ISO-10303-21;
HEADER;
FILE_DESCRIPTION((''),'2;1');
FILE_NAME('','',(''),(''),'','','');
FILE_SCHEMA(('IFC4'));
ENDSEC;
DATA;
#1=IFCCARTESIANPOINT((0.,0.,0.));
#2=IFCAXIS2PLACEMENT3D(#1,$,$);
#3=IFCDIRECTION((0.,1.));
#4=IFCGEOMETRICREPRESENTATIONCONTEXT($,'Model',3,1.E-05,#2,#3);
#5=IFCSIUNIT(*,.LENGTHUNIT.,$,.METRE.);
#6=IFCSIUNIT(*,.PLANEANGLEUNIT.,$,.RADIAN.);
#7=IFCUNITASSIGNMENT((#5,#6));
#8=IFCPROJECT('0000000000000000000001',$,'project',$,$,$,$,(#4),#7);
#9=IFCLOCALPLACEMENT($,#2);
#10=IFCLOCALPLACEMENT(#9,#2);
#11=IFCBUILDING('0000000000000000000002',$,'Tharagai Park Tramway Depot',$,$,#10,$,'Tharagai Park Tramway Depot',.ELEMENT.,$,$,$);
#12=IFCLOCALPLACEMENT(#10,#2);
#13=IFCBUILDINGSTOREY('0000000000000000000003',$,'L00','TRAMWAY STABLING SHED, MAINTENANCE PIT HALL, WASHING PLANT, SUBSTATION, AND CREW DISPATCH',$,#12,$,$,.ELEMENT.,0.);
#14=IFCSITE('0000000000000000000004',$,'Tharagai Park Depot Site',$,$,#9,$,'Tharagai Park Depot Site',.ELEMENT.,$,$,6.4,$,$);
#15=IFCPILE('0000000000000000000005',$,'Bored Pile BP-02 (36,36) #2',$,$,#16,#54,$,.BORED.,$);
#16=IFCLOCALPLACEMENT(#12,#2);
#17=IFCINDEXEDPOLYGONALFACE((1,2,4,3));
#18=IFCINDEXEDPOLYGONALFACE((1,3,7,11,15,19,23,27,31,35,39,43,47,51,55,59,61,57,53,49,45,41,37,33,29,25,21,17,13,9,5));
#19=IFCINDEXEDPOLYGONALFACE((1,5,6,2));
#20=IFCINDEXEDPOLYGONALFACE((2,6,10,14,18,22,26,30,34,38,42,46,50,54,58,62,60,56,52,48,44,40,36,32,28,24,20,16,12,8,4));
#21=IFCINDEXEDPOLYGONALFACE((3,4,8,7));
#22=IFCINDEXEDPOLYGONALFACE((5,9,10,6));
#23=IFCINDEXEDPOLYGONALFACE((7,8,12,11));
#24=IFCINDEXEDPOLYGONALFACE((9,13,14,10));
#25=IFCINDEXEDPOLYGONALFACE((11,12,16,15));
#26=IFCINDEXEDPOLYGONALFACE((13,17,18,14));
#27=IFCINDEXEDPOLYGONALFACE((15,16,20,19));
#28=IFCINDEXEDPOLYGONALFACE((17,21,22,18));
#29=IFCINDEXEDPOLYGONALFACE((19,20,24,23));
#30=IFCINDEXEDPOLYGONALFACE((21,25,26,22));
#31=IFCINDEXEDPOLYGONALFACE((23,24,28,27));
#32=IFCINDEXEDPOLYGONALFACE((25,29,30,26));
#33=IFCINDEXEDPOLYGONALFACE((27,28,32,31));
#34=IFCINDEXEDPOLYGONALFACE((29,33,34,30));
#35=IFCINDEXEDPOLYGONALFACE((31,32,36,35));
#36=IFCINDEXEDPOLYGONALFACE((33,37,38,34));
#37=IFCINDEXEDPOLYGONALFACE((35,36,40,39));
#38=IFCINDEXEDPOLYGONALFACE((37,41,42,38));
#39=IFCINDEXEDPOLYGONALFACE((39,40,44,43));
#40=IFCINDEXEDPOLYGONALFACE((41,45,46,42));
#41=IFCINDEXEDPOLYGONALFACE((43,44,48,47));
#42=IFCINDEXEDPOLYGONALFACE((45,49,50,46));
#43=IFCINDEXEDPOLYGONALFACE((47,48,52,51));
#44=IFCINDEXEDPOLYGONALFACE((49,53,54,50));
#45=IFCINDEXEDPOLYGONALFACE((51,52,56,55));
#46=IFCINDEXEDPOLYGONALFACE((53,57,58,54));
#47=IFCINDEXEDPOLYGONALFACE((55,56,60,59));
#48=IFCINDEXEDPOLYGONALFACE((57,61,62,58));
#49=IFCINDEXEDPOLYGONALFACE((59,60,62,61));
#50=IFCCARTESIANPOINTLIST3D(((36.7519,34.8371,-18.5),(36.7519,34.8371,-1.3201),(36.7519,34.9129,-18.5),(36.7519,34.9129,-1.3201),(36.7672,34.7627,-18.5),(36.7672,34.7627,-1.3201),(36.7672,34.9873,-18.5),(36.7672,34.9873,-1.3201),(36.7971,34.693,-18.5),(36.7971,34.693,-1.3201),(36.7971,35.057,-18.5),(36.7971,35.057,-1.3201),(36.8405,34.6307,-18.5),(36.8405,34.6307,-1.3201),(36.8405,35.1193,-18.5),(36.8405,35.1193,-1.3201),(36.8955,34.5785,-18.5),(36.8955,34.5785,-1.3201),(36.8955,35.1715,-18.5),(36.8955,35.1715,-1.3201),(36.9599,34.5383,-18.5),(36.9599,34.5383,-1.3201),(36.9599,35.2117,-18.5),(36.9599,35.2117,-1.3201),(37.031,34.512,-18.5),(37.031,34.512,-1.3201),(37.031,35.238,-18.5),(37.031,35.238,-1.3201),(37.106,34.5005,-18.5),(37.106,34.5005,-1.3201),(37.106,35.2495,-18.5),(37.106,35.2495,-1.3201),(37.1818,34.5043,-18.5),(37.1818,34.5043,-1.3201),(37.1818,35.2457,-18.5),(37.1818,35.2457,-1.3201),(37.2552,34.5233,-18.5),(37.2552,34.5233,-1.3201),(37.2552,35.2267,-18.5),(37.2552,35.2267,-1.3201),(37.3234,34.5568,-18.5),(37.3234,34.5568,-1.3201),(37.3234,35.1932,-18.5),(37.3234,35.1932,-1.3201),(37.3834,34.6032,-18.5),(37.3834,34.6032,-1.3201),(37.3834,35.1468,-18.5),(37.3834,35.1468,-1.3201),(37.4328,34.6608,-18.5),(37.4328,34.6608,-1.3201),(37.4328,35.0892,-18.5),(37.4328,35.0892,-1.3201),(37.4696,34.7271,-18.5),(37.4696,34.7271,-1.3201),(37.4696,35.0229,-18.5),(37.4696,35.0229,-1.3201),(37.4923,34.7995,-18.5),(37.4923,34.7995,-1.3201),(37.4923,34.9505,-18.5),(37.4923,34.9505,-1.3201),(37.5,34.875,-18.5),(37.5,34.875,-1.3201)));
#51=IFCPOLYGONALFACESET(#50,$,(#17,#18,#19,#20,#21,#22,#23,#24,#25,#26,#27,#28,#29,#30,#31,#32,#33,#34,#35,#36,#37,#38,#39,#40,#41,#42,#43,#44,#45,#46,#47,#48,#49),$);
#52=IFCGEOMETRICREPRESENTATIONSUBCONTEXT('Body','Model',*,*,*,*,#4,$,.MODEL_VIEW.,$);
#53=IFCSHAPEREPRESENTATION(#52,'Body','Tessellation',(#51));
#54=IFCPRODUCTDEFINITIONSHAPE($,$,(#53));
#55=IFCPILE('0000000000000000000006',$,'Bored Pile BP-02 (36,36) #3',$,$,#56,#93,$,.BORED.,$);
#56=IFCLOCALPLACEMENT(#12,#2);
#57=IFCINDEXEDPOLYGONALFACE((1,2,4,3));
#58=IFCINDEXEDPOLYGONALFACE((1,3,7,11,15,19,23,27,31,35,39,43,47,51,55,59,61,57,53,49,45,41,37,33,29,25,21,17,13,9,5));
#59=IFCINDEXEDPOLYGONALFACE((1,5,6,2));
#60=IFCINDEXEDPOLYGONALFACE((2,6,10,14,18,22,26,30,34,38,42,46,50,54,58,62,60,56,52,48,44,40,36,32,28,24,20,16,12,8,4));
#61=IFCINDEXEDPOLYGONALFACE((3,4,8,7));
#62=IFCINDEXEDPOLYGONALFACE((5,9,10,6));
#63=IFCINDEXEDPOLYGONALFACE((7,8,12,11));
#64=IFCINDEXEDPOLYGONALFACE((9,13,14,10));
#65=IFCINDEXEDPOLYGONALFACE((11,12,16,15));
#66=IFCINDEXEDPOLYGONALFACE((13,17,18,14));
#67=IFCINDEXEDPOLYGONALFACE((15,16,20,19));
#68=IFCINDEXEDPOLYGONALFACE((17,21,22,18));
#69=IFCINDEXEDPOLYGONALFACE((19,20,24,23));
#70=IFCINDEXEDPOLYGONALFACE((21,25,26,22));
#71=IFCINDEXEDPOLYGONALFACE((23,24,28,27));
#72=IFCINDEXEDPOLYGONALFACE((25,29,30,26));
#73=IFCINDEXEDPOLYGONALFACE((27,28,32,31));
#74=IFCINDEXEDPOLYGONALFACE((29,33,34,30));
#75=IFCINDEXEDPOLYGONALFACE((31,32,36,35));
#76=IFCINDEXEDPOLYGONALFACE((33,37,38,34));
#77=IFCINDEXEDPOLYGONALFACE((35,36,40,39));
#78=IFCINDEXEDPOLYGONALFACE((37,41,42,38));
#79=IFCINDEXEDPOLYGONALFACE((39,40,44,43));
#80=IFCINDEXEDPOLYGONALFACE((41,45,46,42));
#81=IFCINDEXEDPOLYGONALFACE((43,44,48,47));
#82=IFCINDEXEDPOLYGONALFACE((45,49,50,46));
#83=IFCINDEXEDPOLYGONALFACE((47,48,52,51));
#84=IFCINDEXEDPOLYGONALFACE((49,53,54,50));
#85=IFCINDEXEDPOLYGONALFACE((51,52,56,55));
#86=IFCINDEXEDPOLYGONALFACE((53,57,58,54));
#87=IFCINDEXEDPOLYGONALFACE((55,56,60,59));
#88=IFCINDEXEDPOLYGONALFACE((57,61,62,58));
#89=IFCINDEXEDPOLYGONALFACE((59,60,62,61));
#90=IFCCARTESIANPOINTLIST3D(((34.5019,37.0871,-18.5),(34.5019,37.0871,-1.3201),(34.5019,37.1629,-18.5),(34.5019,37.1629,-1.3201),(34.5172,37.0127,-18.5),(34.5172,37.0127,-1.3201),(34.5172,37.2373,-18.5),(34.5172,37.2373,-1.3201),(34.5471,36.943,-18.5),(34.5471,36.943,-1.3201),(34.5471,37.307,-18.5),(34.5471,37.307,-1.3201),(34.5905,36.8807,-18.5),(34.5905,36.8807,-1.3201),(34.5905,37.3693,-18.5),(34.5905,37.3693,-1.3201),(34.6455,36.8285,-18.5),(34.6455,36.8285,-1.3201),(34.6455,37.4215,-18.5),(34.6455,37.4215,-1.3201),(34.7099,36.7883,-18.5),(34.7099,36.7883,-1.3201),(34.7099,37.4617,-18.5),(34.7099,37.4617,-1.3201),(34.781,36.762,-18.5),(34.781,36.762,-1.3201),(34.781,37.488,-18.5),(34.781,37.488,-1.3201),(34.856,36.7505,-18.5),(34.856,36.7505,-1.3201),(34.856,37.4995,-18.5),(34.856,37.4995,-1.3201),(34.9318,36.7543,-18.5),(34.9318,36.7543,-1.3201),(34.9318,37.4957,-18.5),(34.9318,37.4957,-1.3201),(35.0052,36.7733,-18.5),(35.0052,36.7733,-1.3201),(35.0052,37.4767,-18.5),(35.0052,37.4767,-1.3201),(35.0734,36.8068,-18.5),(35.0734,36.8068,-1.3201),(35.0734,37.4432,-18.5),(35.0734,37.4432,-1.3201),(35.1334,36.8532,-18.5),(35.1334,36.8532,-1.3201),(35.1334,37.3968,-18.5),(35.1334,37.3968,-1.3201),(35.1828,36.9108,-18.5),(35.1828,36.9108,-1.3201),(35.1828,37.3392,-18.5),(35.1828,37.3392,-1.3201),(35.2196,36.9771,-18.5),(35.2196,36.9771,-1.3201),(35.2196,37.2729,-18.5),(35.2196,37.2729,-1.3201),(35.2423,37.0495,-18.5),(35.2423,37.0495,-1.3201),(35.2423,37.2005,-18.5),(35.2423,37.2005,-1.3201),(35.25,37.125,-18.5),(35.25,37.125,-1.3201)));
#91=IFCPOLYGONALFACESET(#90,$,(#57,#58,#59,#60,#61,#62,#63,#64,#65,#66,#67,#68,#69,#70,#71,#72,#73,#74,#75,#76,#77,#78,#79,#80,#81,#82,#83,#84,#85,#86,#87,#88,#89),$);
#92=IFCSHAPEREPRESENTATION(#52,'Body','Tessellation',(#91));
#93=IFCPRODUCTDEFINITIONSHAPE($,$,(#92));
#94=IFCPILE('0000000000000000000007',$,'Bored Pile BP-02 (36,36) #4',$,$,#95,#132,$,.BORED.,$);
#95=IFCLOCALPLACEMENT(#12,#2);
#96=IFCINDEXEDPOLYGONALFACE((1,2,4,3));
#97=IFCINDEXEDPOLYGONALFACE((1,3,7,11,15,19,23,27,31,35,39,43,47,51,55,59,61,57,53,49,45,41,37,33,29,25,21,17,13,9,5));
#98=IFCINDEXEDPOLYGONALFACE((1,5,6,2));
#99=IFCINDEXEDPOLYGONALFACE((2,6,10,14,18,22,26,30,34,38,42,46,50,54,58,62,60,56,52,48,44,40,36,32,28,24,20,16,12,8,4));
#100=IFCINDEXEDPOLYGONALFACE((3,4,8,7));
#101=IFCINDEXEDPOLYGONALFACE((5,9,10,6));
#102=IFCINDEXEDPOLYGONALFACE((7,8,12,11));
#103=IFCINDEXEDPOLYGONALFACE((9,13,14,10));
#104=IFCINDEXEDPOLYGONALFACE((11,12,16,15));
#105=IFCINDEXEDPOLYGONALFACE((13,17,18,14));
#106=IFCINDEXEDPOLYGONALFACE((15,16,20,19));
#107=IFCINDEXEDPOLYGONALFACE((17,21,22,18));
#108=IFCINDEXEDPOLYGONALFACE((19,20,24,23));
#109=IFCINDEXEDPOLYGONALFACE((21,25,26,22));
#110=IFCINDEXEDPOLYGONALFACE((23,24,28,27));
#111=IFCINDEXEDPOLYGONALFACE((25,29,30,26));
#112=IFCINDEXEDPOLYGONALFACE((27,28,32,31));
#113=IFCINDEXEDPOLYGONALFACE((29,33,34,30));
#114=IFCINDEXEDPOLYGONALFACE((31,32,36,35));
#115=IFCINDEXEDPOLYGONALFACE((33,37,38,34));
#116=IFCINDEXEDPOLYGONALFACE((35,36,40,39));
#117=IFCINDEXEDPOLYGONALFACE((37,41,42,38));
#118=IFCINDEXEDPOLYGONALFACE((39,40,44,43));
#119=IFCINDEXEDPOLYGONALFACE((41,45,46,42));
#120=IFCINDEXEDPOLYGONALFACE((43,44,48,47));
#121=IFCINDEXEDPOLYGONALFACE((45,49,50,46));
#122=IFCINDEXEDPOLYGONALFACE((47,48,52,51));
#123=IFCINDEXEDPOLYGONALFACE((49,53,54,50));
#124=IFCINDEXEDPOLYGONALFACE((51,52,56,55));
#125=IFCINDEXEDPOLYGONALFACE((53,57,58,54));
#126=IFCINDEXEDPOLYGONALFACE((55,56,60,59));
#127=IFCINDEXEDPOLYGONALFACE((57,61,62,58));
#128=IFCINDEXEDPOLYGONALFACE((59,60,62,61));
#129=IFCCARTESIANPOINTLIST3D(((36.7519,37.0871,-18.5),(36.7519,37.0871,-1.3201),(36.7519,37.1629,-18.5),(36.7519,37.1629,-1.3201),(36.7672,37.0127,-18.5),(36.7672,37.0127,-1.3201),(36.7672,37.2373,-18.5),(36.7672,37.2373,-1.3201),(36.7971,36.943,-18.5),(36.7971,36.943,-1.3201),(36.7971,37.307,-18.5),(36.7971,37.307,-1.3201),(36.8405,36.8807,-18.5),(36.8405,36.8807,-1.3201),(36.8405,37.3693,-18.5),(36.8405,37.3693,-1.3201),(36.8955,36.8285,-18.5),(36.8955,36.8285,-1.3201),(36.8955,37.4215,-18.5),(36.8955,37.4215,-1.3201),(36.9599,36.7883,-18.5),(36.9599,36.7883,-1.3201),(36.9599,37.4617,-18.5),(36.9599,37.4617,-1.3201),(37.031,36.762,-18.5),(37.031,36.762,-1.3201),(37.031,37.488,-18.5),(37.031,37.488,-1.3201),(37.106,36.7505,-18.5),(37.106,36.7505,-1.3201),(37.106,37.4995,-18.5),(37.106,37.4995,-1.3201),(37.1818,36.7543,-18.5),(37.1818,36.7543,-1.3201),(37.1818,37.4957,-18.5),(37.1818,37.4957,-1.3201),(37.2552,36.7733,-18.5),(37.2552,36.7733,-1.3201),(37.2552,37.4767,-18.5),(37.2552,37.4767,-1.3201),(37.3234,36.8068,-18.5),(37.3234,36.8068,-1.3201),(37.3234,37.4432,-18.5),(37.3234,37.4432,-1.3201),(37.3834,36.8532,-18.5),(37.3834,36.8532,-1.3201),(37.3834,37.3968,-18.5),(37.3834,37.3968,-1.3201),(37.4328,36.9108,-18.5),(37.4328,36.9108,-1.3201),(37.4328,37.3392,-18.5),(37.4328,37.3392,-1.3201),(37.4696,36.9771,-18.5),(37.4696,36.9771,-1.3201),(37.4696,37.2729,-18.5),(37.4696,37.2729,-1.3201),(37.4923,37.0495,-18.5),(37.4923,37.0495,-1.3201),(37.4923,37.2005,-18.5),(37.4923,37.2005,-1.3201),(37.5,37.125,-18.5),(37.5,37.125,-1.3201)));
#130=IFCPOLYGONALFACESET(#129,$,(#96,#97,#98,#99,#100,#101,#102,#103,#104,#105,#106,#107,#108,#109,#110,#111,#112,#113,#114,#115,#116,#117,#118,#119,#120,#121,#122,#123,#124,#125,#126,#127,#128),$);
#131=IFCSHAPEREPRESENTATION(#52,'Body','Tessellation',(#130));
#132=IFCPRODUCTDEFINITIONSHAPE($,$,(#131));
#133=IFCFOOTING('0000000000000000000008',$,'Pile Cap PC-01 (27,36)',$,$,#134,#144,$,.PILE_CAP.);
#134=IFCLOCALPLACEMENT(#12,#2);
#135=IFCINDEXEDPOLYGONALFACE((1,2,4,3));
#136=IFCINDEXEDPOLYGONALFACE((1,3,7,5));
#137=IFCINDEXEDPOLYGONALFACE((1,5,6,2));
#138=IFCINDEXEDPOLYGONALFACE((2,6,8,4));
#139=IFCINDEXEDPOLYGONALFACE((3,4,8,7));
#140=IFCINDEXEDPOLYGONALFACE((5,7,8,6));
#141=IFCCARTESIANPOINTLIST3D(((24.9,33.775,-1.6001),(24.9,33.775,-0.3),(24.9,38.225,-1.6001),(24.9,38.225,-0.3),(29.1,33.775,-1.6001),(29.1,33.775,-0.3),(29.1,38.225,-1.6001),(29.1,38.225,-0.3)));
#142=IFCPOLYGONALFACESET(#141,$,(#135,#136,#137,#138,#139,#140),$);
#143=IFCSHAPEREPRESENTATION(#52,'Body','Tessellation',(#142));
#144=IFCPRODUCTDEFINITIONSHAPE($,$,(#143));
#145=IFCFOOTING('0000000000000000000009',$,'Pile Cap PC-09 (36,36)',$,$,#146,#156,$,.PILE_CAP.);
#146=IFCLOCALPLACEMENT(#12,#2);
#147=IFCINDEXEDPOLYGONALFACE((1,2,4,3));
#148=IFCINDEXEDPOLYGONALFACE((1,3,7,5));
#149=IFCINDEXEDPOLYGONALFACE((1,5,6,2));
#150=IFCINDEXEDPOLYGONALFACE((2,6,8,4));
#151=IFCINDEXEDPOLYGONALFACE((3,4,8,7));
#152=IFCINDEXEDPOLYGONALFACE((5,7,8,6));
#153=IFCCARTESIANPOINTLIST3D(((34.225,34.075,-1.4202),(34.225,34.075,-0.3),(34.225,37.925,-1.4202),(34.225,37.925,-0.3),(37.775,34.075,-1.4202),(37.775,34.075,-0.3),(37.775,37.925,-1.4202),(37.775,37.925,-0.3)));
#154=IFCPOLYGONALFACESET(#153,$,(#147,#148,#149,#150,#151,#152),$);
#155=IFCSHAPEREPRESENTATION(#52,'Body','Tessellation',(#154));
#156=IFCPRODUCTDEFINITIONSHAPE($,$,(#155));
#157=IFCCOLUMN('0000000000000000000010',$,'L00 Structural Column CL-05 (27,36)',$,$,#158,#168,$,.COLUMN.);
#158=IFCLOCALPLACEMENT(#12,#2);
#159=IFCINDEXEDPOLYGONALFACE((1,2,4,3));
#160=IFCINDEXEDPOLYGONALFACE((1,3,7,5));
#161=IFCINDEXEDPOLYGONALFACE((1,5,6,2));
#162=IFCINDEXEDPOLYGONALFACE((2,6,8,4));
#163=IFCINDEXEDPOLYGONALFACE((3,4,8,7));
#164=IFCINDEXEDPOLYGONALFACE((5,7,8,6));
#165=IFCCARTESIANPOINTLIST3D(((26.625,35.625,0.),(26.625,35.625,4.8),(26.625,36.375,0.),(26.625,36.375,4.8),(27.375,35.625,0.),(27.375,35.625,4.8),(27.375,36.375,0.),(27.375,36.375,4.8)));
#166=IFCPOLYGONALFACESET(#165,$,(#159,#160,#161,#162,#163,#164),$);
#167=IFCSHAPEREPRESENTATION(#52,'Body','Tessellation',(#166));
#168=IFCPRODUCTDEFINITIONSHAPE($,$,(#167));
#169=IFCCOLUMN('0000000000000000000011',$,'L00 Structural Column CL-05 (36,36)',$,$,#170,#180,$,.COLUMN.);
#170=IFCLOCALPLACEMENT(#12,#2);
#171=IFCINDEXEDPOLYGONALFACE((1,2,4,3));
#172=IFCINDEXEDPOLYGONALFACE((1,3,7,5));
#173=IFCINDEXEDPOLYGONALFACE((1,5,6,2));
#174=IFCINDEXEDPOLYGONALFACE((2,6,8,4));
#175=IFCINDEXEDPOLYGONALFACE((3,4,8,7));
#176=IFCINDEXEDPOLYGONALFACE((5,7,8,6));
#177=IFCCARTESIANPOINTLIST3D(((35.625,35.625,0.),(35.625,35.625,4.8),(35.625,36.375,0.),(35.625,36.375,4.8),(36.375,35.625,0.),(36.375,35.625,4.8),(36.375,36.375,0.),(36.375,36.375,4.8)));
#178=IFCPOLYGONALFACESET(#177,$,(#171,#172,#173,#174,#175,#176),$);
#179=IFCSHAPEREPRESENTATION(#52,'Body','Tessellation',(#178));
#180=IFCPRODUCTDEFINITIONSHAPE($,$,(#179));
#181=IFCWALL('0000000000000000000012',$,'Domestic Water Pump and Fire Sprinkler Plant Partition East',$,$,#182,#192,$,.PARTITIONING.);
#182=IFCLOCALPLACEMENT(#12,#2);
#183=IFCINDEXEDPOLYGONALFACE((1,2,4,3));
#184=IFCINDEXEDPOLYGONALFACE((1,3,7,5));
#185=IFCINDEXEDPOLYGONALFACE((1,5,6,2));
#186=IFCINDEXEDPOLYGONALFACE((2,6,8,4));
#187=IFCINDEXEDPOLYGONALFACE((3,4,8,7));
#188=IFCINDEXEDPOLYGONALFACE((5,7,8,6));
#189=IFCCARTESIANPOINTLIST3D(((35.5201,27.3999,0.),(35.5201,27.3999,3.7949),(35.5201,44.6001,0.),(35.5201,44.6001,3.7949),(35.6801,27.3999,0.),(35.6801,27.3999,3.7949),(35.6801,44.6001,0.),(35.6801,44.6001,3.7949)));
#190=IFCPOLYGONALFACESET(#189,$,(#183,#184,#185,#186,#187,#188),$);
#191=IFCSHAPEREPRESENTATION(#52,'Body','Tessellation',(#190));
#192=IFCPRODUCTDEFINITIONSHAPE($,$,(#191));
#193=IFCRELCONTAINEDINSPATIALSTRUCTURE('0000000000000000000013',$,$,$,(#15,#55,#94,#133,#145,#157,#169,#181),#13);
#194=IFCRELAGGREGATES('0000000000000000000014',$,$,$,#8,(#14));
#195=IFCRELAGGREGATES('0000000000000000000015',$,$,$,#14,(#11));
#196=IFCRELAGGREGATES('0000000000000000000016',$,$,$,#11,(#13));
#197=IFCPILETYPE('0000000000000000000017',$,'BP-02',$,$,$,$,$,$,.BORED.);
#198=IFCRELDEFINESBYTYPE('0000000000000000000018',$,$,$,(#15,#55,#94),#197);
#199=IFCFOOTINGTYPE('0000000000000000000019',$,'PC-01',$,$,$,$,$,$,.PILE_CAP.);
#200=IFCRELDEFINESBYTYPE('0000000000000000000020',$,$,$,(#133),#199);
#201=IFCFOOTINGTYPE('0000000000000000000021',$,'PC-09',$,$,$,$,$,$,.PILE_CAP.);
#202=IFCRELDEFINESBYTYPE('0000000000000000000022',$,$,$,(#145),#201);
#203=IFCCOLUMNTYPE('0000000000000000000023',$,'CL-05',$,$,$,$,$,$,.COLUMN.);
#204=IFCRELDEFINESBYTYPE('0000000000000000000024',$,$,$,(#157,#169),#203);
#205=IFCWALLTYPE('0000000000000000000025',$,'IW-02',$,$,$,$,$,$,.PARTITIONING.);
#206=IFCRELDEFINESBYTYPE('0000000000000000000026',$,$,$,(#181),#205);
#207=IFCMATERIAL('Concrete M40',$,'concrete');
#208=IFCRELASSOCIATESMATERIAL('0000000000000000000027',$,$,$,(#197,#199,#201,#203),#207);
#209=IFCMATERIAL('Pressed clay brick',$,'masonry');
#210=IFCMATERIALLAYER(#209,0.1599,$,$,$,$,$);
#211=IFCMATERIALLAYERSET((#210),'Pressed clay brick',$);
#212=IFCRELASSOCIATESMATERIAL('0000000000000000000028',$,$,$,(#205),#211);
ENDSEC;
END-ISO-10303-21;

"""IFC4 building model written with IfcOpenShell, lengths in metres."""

from ifc_helpers import new_model, si_unit, direction, frame, frame_2d, origin, origin_2d, place, context, subcontext, project, spatial, rectangle, circle, extrude, material, layer, layer_set, material_profile, profile_set, type_object, element, save


model = new_model("IFC4")

# Units and contexts
model_context = context("Model", 3, precision=1e-05, world=origin(), true_north=direction((0.0, 1.0)))
body_context = subcontext(model_context, "Body", "Model", "MODEL_VIEW")
ifc_project = project(units=[si_unit("LENGTHUNIT", "METRE"), si_unit("PLANEANGLEUNIT", "RADIAN")], contexts=[model_context])

# Site, building, storey
site_placement = place(None, origin())
site = spatial("IfcSite", under=ifc_project, at=site_placement, Name="Tharagai Park Depot Site", LongName="Tharagai Park Depot Site", CompositionType="ELEMENT", RefElevation=6.4)
building_placement = place(site_placement, origin())
building = spatial("IfcBuilding", under=site, at=building_placement, Name="Tharagai Park Tramway Depot", LongName="Tharagai Park Tramway Depot", CompositionType="ELEMENT")
storey_placement = place(building_placement, origin())
storey = spatial("IfcBuildingStorey", under=building, at=storey_placement, Name="L00", Description="TRAMWAY STABLING SHED, MAINTENANCE PIT HALL, WASHING PLANT, SUBSTATION, AND CREW DISPATCH", CompositionType="ELEMENT", Elevation=0.0)

# Piles
ifc_material_1 = material(Name="Concrete M40", Category="concrete")
ifc_material_profile_1 = material_profile(ifc_material_1, circle(Radius=0.375, at=origin_2d()), Name="PILE D750")
ifc_profile_set_1 = profile_set([ifc_material_profile_1], Name="Concrete M40")
pile_type_1 = type_object("IfcPileType", Name="BP-02", PredefinedType="BORED", material=ifc_profile_set_1)
for number, where, z_axis, x_axis, name in (
    (1, (37.125, 34.875, -1.3201), (0.0, 0.0, -1.0), (1.0, 0.0, 0.0), "Bored Pile BP-02 (36,36) #2"),
    (2, (34.875, 37.125, -1.3201), (0.0, 0.0, -1.0), (1.0, 0.0, 0.0), "Bored Pile BP-02 (36,36) #3"),
    (3, (37.125, 37.125, -1.3201), (0.0, 0.0, -1.0), (1.0, 0.0, 0.0), "Bored Pile BP-02 (36,36) #4"),
):
    element("IfcPile", number, at=place(storey_placement, frame(where, z_axis=z_axis, x_axis=x_axis)), inside=storey, type_object=pile_type_1, Name=name, PredefinedType="BORED", context=body_context, shape_type="SweptSolid", body=[
        extrude(circle(Radius=0.375, at=origin_2d()), origin(), (0.0, 0.0, 1.0), 17.1799),
    ])

# Footings
footing_type_1 = type_object("IfcFootingType", Name="PC-01", PredefinedType="PILE_CAP", material=ifc_material_1)
footing_1_placement = place(storey_placement, frame((27.0, 36.0, -1.6001), z_axis=(0.0, 0.0, 1.0), x_axis=(1.0, 0.0, 0.0)))
element("IfcFooting", 4, at=footing_1_placement, inside=storey, type_object=footing_type_1, Name="Pile Cap PC-01 (27,36)", PredefinedType="PILE_CAP", context=body_context, shape_type="SweptSolid", body=[
    extrude(rectangle(XDim=4.2, YDim=4.45, at=origin_2d()), origin(), (0.0, 0.0, 1.0), 1.3),
])
footing_type_2 = type_object("IfcFootingType", Name="PC-09", PredefinedType="PILE_CAP", material=ifc_material_1)
footing_2_placement = place(storey_placement, frame((36.0, 36.0, -1.4202), z_axis=(0.0, 0.0, 1.0), x_axis=(1.0, 0.0, 0.0)))
element("IfcFooting", 5, at=footing_2_placement, inside=storey, type_object=footing_type_2, Name="Pile Cap PC-09 (36,36)", PredefinedType="PILE_CAP", context=body_context, shape_type="SweptSolid", body=[
    extrude(rectangle(XDim=3.55, YDim=3.8501, at=origin_2d()), origin(), (0.0, 0.0, 1.0), 1.1201),
])

# Columns
ifc_material_profile_2 = material_profile(ifc_material_1, rectangle(XDim=0.75, YDim=0.75, at=origin_2d()), Name="RC 750x750")
ifc_profile_set_2 = profile_set([ifc_material_profile_2], Name="Concrete M40")
column_type = type_object("IfcColumnType", Name="CL-05", PredefinedType="COLUMN", material=ifc_profile_set_2)
for number, where, z_axis, x_axis, name in (
    (6, (27.0, 36.0, 0.0), (0.0, 0.0, 1.0), (1.0, 0.0, 0.0), "L00 Structural Column CL-05 (27,36)"),
    (7, (36.0, 36.0, 0.0), (0.0, 0.0, 1.0), (1.0, 0.0, 0.0), "L00 Structural Column CL-05 (36,36)"),
):
    element("IfcColumn", number, at=place(storey_placement, frame(where, z_axis=z_axis, x_axis=x_axis)), inside=storey, type_object=column_type, Name=name, PredefinedType="COLUMN", context=body_context, shape_type="SweptSolid", body=[
        extrude(rectangle(XDim=0.75, YDim=0.75, at=origin_2d()), origin(), (0.0, 0.0, 1.0), 4.8),
    ])

# Wall
ifc_material_2 = material(Name="Pressed clay brick", Category="masonry")
ifc_layer_1 = layer(ifc_material_2, 0.1599)
ifc_layer_set_1 = layer_set([ifc_layer_1], Name="Pressed clay brick")
wall_type_1 = type_object("IfcWallType", Name="IW-02", PredefinedType="PARTITIONING", material=ifc_layer_set_1)
wall_1_placement = place(storey_placement, frame((35.6001, 27.3999, 0.0), z_axis=(0.0, 0.0, 1.0), x_axis=(0.0, 1.0, 0.0)))
element("IfcWall", 8, at=wall_1_placement, inside=storey, type_object=wall_type_1, Name="Domestic Water Pump and Fire Sprinkler Plant Partition East", PredefinedType="PARTITIONING", context=body_context, shape_type="SweptSolid", body=[
    extrude(rectangle(XDim=17.2002, YDim=0.1599, at=frame_2d((8.6001, 0.0))), origin(), (0.0, 0.0, 1.0), 3.7949),
])

save(model, "model.ifc")
